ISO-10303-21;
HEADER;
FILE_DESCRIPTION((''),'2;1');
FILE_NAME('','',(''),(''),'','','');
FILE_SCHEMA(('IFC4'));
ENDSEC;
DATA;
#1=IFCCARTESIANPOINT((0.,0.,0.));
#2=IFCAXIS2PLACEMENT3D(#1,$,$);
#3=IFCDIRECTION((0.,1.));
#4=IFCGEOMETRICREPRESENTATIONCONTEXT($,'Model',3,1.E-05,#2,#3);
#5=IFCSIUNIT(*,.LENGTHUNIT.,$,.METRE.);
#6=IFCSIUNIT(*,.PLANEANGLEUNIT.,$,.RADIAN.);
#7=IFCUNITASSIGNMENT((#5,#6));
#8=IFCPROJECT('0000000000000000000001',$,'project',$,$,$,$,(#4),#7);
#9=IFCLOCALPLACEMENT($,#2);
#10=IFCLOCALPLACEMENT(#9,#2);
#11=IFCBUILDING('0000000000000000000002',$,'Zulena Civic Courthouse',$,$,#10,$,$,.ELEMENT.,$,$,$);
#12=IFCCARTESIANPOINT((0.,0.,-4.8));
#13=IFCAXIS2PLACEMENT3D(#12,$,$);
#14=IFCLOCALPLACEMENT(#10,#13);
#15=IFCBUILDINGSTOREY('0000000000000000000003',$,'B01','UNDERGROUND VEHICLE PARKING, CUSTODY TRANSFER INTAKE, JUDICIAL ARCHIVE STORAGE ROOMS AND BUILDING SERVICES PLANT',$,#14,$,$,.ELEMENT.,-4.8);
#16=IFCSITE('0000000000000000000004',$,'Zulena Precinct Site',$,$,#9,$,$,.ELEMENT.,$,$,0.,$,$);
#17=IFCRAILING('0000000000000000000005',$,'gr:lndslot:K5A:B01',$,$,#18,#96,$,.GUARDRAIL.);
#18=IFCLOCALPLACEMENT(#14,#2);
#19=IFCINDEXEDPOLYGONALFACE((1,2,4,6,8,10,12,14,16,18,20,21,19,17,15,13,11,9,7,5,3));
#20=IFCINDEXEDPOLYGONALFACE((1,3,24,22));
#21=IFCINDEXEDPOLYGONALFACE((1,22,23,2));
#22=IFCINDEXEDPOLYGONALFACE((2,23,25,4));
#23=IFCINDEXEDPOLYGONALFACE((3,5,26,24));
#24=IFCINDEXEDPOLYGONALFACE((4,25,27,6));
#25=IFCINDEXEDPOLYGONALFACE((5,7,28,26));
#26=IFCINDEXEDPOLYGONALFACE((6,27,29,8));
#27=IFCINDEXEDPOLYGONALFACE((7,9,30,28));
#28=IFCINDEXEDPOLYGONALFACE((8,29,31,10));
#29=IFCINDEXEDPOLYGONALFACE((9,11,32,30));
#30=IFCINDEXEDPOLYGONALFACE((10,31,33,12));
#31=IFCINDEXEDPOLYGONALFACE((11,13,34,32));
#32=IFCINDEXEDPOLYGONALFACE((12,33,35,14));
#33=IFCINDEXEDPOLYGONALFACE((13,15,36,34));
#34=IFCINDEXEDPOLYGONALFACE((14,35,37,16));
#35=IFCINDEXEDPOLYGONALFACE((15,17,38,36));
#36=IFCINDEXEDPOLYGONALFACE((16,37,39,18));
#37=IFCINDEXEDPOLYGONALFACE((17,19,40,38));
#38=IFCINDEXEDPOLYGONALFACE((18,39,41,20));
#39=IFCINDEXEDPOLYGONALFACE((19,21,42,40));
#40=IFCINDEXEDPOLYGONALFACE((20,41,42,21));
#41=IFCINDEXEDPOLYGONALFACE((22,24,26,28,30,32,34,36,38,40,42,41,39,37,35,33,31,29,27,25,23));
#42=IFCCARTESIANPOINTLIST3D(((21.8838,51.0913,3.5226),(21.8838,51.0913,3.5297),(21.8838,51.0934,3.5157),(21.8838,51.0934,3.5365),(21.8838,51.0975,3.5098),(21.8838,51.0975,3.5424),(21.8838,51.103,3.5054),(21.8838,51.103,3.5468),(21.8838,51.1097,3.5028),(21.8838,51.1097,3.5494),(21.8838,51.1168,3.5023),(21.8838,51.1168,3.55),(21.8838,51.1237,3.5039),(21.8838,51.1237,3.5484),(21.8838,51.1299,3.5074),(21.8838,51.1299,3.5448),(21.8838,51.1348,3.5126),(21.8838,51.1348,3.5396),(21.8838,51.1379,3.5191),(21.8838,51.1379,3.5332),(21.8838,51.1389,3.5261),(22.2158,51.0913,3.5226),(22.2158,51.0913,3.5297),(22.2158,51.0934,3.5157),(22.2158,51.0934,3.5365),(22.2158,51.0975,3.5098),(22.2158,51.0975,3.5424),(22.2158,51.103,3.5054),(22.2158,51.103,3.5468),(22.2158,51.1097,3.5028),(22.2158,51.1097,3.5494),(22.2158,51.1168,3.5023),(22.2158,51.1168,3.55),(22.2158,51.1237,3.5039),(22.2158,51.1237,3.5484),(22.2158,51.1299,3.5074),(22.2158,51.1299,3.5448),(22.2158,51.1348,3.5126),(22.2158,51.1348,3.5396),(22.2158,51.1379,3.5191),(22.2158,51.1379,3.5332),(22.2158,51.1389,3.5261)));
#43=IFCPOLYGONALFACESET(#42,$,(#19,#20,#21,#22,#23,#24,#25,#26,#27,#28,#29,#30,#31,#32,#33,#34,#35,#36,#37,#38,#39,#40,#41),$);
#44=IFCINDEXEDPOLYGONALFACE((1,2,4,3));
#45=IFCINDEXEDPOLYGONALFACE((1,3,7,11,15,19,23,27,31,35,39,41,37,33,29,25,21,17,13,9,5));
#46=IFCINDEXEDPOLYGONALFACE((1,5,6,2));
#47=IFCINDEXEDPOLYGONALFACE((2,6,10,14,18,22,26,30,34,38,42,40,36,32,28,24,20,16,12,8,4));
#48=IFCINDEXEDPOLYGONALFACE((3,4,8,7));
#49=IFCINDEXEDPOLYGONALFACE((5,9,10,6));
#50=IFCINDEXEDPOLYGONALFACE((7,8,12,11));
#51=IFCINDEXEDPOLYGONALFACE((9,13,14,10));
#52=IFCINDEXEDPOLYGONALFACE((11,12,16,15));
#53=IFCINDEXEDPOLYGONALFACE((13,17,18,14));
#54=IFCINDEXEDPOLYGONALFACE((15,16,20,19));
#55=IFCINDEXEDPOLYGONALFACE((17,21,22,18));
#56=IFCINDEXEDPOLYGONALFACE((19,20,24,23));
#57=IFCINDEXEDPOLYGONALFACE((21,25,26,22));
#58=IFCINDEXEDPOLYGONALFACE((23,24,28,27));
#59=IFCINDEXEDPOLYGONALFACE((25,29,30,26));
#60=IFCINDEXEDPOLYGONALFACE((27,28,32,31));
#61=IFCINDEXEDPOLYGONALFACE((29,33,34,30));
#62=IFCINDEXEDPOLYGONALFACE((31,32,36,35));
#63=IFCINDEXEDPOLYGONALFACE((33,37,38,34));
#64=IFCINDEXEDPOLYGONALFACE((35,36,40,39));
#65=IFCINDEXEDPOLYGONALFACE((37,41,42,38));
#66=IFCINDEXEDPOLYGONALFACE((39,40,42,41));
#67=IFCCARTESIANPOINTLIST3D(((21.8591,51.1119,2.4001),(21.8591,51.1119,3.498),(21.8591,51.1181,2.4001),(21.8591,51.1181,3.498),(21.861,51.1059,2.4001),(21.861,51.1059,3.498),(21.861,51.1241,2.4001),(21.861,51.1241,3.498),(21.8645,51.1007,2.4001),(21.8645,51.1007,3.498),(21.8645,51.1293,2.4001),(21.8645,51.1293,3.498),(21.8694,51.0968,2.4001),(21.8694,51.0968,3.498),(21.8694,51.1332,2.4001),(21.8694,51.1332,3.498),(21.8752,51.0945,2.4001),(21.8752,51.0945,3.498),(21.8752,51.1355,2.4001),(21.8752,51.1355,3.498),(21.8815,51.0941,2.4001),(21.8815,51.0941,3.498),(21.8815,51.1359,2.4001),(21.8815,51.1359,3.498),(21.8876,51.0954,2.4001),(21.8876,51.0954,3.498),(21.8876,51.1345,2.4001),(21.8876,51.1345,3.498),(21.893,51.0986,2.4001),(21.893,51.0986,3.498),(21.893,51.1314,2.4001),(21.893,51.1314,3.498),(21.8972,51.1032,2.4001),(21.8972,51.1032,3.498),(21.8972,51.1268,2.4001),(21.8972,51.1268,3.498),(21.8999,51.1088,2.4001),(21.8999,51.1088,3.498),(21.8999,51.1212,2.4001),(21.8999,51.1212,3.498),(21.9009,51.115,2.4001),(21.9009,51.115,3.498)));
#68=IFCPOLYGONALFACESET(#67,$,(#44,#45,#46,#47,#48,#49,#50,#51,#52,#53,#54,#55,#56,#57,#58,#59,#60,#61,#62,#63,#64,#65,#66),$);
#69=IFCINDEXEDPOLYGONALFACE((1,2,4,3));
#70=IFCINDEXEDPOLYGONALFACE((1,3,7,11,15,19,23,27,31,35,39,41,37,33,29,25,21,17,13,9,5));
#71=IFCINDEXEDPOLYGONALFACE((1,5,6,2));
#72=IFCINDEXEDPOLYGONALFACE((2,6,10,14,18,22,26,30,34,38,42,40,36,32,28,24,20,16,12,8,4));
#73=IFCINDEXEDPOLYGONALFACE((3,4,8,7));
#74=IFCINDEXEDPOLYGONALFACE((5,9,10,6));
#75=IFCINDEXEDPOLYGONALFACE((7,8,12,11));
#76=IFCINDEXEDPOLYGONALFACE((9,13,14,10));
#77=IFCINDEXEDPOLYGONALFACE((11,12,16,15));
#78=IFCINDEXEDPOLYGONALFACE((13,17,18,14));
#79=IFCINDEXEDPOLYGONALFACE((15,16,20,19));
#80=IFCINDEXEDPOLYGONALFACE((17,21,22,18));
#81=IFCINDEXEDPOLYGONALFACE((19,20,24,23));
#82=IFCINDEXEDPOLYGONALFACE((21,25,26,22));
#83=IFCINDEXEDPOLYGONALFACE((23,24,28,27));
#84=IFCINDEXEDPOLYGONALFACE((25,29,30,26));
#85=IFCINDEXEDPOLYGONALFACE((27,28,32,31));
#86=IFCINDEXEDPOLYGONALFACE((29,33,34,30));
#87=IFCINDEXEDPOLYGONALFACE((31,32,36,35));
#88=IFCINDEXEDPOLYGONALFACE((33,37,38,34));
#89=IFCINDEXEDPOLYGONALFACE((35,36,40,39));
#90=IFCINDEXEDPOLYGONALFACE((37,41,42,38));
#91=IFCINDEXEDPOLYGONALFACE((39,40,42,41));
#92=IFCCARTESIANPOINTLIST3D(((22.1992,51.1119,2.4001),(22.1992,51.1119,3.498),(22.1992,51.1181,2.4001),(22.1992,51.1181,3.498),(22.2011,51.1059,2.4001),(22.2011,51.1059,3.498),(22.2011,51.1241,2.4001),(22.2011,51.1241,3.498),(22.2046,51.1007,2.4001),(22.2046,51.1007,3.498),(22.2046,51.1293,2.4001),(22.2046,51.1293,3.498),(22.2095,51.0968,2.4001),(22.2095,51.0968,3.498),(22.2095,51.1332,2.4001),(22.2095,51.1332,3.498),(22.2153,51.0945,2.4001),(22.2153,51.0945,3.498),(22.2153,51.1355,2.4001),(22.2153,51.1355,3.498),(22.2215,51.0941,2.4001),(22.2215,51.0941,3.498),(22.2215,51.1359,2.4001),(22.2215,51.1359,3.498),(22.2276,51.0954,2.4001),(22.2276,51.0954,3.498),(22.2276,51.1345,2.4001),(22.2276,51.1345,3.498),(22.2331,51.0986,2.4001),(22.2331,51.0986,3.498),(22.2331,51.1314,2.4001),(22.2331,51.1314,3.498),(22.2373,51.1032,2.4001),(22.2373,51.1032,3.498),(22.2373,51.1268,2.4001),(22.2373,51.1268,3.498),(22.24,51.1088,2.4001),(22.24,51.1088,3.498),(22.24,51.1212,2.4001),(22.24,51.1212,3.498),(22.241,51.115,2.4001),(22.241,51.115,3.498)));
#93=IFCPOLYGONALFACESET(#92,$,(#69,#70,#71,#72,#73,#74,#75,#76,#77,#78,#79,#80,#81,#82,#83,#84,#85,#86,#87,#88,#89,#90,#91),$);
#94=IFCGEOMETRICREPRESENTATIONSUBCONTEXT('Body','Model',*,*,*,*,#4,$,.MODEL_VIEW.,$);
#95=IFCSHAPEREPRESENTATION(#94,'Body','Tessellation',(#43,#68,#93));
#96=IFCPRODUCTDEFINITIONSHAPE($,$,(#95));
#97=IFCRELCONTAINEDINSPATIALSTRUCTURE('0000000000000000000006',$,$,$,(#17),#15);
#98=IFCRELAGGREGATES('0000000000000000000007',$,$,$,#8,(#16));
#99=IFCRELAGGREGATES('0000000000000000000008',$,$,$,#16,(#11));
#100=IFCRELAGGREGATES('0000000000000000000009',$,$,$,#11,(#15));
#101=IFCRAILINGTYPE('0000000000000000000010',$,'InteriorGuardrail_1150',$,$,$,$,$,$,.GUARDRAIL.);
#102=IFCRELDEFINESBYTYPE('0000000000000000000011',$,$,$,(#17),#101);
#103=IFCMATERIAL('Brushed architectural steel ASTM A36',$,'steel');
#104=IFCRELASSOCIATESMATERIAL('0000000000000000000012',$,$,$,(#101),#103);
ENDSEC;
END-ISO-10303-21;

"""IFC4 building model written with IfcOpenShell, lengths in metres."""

from ifc_helpers import new_model, si_unit, direction, frame, origin, origin_2d, place, context, subcontext, project, spatial, circle, extrude, material, type_object, element, save


model = new_model("IFC4")

# Units and contexts
model_context = context("Model", 3, precision=1e-05, world=origin(), true_north=direction((0.0, 1.0)))
body_context = subcontext(model_context, "Body", "Model", "MODEL_VIEW")
ifc_project = project(units=[si_unit("LENGTHUNIT", "METRE"), si_unit("PLANEANGLEUNIT", "RADIAN")], contexts=[model_context])

# Site, building, storey
site_placement = place(None, origin())
site = spatial("IfcSite", under=ifc_project, at=site_placement, Name="Zulena Precinct Site", CompositionType="ELEMENT", RefElevation=0.0)
building_placement = place(site_placement, origin())
building = spatial("IfcBuilding", under=site, at=building_placement, Name="Zulena Civic Courthouse", CompositionType="ELEMENT")
storey_placement = place(building_placement, frame((0.0, 0.0, -4.8)))
storey = spatial("IfcBuildingStorey", under=building, at=storey_placement, Name="B01", Description="UNDERGROUND VEHICLE PARKING, CUSTODY TRANSFER INTAKE, JUDICIAL ARCHIVE STORAGE ROOMS AND BUILDING SERVICES PLANT", CompositionType="ELEMENT", Elevation=-4.8)

# Railing
ifc_material_1 = material(Name="Brushed architectural steel ASTM A36", Category="steel")
railing_type_1 = type_object("IfcRailingType", Name="InteriorGuardrail_1150", PredefinedType="GUARDRAIL", material=ifc_material_1)
railing_1_placement = place(storey_placement, frame((21.8799, 51.115, 2.4001)))
element("IfcRailing", 1, at=railing_1_placement, inside=storey, type_object=railing_type_1, Name="gr:lndslot:K5A:B01", PredefinedType="GUARDRAIL", context=body_context, shape_type="SweptSolid", body=[
    extrude(circle(Radius=0.0239, at=origin_2d()), frame((0.0039, 0.0, 1.126), z_axis=(1.0, 0.0, 0.0), x_axis=(0.0, 1.0, 0.0)), (0.0, 0.0, 1.0), 0.332),
    extrude(circle(Radius=0.021, at=origin_2d()), origin(), (0.0, 0.0, 1.0), 1.0979),
    extrude(circle(Radius=0.021, at=origin_2d()), frame((0.3401, 0.0, 0.0)), (0.0, 0.0, 1.0), 1.0979),
])

save(model, "model.ifc")
